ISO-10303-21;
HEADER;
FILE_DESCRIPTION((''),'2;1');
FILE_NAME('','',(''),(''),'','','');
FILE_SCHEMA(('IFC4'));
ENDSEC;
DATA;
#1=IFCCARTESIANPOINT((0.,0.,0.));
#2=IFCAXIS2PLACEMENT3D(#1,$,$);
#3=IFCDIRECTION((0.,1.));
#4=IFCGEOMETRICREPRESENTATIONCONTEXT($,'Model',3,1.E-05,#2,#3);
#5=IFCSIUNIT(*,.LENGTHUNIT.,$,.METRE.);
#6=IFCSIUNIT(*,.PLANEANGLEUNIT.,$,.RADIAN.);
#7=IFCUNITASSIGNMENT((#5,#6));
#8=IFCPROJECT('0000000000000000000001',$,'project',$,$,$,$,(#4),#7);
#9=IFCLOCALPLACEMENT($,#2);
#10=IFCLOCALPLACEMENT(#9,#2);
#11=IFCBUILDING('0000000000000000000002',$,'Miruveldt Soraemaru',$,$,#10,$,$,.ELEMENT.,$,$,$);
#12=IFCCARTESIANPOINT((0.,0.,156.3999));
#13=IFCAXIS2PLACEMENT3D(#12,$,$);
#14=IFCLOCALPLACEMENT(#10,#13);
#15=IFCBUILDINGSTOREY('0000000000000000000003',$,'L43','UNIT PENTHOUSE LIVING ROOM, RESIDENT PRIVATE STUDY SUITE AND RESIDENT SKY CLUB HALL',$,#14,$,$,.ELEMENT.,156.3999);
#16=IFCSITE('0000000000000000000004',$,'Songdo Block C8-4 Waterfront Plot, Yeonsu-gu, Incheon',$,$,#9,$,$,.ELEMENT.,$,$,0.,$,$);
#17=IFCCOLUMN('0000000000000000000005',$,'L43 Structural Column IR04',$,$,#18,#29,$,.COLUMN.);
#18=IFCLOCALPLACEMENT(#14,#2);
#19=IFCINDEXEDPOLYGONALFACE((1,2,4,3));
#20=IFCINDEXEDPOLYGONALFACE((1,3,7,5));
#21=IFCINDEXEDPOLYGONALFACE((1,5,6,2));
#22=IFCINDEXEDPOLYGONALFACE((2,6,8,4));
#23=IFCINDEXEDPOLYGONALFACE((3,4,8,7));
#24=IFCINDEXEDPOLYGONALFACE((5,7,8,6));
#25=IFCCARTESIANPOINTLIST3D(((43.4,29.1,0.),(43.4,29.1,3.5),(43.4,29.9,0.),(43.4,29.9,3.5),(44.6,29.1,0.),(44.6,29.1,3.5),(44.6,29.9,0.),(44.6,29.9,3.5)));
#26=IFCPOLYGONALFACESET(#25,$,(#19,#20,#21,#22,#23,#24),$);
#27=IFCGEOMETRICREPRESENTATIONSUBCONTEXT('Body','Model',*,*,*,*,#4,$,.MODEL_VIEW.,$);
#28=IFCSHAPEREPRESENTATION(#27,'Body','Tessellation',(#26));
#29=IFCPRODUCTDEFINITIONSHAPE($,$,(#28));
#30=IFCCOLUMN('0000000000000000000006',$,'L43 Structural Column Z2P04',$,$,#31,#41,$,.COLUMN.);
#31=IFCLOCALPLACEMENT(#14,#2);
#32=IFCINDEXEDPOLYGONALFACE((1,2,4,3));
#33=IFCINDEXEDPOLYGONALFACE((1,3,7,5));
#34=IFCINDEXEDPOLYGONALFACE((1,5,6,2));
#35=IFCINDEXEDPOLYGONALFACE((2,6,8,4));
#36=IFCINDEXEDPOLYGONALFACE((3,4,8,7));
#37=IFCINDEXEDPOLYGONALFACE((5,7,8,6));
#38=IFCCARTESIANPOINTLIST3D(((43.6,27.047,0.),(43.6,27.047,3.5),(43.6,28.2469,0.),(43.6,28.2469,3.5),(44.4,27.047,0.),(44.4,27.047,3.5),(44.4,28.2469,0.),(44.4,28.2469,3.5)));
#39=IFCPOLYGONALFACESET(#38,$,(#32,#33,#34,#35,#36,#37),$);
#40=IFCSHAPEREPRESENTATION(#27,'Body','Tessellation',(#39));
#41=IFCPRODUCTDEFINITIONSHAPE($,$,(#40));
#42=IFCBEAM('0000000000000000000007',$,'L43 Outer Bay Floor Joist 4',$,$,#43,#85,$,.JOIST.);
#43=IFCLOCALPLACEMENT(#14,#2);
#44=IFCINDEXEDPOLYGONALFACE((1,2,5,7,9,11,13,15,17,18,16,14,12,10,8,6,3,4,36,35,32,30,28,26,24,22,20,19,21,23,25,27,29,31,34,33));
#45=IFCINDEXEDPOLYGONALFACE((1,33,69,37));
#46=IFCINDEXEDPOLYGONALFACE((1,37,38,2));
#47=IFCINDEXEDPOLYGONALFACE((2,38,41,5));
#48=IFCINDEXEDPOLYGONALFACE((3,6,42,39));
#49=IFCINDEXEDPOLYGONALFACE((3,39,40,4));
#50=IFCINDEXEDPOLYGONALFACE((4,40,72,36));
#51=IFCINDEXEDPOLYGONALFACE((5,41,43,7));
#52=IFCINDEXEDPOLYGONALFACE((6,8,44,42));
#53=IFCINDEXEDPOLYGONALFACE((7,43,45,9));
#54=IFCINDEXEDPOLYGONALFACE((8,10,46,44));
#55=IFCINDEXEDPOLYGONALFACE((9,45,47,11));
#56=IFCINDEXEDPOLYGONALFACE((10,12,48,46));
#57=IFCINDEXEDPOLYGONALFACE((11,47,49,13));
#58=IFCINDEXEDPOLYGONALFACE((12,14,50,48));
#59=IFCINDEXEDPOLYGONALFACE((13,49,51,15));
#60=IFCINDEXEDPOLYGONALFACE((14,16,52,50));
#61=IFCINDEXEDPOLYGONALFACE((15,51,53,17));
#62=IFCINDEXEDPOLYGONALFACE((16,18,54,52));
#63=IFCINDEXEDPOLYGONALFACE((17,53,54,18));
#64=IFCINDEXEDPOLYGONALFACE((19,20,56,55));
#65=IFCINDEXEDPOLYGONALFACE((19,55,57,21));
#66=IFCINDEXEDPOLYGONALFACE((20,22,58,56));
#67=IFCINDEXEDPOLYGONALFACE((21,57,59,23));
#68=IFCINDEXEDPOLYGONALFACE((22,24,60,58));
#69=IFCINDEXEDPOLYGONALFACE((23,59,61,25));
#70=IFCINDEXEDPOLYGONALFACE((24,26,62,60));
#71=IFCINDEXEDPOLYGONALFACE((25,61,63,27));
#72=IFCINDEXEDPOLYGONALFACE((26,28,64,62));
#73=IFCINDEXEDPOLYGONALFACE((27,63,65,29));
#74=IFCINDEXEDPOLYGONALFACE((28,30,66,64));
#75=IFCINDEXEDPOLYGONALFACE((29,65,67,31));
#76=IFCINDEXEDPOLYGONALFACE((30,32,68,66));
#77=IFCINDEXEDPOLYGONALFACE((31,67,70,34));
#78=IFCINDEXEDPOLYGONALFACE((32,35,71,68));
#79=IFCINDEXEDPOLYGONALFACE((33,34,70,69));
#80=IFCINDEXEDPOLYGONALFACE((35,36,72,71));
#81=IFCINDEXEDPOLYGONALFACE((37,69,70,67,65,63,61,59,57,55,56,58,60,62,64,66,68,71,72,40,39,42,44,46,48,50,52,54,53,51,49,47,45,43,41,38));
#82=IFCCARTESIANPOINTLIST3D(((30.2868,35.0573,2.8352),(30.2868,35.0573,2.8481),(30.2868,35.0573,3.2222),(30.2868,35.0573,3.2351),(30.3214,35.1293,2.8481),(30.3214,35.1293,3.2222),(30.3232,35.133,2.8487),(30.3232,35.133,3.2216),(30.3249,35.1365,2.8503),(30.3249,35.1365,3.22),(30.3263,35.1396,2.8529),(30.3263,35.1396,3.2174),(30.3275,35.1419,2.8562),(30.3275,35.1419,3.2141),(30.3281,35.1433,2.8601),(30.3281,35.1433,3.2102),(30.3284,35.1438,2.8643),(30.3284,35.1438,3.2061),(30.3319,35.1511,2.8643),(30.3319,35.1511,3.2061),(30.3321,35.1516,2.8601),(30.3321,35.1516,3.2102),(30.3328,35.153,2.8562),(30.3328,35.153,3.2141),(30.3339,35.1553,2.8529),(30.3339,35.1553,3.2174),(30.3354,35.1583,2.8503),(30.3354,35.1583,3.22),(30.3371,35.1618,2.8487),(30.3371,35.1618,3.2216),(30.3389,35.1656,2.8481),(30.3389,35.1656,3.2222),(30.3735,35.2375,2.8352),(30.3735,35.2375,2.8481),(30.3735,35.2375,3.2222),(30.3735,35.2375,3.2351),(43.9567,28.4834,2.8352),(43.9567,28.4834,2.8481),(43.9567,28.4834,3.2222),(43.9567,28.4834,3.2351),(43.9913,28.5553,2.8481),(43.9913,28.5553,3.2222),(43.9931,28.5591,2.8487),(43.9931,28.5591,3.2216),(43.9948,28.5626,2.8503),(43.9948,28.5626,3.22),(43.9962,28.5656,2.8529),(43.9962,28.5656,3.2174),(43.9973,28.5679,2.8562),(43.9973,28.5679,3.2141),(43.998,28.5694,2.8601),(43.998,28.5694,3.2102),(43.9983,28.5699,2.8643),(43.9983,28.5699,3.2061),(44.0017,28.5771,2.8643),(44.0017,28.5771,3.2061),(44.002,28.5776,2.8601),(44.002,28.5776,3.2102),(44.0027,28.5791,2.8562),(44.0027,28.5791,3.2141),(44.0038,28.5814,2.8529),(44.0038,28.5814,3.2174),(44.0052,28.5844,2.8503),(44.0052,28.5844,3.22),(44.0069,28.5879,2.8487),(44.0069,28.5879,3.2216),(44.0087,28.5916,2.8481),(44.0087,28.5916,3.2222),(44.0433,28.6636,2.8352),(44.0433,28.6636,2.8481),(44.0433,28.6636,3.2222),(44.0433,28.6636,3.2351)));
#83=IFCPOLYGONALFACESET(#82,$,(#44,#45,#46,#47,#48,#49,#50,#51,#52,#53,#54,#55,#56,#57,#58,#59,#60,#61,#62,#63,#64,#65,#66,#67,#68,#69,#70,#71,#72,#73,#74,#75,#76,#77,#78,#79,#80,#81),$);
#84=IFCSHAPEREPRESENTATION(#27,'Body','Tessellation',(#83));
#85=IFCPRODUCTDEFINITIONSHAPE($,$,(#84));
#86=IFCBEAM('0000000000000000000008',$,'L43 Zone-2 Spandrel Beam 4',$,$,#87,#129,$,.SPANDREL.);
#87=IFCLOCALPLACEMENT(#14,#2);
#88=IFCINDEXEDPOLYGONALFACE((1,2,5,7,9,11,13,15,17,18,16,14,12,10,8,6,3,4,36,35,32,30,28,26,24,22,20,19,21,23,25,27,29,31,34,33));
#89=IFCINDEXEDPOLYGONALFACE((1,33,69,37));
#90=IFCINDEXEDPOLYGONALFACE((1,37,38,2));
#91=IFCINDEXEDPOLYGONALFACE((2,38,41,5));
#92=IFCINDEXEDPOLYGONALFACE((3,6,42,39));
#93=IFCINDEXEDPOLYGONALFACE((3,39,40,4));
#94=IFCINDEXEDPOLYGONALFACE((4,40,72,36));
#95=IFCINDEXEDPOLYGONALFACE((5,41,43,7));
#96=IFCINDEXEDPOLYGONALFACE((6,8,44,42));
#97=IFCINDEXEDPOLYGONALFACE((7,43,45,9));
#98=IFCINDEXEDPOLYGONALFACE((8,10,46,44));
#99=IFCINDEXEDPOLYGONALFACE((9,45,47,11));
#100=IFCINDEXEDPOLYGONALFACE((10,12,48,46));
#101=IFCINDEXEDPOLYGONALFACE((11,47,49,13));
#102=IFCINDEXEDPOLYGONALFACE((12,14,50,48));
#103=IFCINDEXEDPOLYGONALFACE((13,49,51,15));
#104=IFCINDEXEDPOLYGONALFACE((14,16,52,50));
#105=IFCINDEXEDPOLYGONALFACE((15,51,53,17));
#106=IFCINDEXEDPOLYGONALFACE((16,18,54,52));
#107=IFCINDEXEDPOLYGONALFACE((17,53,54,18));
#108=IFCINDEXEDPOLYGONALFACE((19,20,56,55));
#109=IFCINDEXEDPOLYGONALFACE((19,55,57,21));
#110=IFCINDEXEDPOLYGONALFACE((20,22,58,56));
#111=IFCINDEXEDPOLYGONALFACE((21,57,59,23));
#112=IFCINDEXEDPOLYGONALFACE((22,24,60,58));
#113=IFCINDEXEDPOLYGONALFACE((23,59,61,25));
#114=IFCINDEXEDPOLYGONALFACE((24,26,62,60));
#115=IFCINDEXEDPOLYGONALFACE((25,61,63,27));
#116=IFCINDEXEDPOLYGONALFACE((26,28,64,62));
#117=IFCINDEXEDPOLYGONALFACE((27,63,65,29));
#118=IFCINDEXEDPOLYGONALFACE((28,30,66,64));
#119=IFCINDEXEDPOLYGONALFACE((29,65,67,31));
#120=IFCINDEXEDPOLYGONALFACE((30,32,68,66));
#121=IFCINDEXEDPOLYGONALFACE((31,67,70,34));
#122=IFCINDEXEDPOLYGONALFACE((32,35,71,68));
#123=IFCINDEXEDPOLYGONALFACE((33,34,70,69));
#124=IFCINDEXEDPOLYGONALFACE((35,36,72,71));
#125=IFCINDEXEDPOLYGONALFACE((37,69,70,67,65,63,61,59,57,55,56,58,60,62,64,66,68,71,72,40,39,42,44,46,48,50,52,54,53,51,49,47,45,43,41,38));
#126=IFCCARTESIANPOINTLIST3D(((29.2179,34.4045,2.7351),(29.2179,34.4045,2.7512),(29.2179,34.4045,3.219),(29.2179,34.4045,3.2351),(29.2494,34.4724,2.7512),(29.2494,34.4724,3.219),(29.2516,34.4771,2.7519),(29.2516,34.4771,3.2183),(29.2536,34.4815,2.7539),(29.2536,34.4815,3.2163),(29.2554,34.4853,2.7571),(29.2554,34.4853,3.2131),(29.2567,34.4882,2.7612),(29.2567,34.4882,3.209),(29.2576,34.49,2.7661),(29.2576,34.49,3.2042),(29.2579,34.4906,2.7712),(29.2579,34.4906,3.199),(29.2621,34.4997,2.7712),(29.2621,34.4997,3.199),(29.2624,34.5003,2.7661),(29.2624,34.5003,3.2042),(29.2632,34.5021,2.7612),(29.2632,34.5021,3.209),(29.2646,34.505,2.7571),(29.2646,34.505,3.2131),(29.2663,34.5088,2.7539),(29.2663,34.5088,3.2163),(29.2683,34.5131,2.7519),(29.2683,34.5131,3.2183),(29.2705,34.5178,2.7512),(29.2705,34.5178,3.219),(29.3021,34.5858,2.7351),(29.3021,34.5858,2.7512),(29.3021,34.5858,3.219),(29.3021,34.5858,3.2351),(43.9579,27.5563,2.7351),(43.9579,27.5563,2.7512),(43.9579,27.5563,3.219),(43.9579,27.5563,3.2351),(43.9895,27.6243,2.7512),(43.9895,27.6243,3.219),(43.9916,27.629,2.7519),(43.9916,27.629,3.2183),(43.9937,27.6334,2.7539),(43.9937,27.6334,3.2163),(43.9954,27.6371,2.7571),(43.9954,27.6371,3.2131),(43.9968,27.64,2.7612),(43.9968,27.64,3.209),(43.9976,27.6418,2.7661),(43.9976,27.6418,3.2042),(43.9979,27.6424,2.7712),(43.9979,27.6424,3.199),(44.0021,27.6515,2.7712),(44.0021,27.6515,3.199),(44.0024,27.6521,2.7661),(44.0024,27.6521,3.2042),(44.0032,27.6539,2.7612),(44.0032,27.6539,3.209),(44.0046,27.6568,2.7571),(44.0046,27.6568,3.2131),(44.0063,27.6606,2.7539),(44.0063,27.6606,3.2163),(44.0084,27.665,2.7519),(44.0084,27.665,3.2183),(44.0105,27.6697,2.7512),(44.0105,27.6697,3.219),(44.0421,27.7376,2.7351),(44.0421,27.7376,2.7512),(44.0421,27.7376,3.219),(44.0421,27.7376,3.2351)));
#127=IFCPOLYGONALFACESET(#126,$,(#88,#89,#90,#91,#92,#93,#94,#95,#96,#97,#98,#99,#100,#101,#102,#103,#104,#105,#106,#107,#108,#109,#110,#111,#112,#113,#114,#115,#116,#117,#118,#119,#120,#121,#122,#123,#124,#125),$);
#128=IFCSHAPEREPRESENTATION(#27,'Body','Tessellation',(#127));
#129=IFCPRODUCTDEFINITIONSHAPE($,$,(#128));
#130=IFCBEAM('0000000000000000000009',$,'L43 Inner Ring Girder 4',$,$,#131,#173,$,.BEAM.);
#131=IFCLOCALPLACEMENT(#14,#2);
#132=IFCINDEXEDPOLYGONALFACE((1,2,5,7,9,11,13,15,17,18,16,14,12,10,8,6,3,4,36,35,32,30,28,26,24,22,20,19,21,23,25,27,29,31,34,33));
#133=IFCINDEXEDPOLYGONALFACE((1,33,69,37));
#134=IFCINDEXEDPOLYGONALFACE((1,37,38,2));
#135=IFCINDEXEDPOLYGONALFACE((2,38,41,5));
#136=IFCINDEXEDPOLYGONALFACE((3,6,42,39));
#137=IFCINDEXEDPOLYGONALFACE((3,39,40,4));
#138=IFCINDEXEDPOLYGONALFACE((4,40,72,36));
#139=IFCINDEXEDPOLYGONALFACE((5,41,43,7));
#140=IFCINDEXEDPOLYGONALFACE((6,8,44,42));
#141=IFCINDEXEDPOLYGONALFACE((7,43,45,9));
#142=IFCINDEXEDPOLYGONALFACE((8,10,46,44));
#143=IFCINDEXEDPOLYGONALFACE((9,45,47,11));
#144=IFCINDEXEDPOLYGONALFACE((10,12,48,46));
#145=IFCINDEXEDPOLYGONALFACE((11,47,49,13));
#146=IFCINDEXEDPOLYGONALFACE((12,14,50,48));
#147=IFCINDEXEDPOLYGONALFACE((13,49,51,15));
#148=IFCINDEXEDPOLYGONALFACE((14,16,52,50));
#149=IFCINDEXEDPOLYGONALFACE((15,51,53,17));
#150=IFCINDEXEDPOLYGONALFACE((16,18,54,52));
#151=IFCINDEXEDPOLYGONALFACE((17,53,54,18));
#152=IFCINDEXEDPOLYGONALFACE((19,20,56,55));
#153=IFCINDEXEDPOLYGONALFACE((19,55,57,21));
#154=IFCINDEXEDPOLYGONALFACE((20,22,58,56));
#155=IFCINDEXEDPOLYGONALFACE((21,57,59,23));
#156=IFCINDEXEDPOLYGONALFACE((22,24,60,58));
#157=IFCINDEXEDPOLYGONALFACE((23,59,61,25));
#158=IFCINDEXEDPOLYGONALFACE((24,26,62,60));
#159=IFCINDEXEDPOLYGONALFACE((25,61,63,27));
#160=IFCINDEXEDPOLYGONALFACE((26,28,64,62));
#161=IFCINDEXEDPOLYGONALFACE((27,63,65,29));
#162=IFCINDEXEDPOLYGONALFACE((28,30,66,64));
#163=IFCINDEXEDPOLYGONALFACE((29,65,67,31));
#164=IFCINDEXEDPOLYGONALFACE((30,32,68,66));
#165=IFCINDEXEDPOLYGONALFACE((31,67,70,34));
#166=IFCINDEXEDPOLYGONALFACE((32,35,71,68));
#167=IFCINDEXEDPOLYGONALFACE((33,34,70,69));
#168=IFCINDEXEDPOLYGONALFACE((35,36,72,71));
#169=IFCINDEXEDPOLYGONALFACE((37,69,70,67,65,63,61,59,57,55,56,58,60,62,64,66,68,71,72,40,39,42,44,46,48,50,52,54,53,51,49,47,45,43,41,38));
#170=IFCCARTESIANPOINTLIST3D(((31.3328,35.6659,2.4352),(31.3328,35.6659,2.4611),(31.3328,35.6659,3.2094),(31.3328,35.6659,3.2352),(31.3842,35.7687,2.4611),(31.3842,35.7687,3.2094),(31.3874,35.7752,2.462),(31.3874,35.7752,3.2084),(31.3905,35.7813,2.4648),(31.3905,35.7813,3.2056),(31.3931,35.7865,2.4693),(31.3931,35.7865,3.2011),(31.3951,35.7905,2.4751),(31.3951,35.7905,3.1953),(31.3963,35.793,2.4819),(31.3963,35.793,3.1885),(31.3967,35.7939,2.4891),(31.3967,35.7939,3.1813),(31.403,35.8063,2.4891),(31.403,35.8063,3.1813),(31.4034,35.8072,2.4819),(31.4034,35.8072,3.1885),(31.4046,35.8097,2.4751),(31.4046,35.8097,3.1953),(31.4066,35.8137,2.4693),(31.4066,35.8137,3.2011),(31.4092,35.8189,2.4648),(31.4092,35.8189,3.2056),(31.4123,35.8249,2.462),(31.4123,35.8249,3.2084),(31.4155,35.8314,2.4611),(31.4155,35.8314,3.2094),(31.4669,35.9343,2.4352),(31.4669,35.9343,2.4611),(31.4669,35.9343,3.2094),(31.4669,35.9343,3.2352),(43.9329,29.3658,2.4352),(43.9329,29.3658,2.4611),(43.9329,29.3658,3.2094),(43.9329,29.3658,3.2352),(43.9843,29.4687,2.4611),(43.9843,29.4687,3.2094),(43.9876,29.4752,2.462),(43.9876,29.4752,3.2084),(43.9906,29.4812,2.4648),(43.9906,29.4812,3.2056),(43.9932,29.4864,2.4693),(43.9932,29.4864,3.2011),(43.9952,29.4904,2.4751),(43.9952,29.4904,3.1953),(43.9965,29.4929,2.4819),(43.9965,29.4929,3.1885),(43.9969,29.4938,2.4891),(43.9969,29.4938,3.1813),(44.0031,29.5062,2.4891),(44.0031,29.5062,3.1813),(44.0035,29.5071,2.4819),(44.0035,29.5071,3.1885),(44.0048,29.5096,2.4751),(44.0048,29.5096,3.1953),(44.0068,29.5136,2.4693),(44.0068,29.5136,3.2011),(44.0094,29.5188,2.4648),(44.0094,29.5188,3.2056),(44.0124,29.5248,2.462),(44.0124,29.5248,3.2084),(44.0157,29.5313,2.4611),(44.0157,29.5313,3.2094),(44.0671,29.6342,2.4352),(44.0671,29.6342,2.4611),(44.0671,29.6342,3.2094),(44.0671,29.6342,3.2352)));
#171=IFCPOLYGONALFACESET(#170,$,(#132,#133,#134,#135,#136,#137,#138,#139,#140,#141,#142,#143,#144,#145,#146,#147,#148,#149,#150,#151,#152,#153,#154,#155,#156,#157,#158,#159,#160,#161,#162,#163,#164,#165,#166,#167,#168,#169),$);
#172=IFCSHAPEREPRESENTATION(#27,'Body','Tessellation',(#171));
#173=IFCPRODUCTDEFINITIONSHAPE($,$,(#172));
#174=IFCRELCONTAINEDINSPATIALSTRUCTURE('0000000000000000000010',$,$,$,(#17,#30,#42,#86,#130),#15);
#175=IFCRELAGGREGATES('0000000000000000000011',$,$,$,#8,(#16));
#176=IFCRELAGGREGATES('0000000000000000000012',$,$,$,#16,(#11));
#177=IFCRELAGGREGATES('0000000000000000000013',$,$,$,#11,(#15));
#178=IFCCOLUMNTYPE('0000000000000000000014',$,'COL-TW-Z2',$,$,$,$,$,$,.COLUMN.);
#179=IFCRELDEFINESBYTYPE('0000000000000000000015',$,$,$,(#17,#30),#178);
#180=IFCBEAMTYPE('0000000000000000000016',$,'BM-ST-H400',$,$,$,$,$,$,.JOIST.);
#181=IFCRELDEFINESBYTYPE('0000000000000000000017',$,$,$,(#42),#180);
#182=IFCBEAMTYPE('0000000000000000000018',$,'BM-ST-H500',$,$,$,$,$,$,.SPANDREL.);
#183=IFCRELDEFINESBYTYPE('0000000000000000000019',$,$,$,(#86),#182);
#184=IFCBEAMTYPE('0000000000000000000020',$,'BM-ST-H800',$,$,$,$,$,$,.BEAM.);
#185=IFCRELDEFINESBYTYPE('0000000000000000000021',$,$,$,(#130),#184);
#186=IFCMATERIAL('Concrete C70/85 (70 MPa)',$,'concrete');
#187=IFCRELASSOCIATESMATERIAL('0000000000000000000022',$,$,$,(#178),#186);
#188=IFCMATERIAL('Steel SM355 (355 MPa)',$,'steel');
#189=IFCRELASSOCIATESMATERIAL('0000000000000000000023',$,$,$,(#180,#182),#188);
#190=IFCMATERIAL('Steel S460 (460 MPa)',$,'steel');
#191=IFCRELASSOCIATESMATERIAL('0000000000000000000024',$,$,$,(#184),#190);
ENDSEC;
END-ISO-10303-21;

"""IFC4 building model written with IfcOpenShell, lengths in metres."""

from ifc_helpers import new_model, si_unit, direction, frame, origin, origin_2d, place, context, subcontext, project, spatial, rectangle, i_section, extrude, material, material_profile, profile_set, type_object, element, save


model = new_model("IFC4")

# Units and contexts
model_context = context("Model", 3, precision=1e-05, world=origin(), true_north=direction((0.0, 1.0)))
body_context = subcontext(model_context, "Body", "Model", "MODEL_VIEW")
ifc_project = project(units=[si_unit("LENGTHUNIT", "METRE"), si_unit("PLANEANGLEUNIT", "RADIAN")], contexts=[model_context])

# Site, building, storey
site_placement = place(None, origin())
site = spatial("IfcSite", under=ifc_project, at=site_placement, Name="Songdo Block C8-4 Waterfront Plot, Yeonsu-gu, Incheon", CompositionType="ELEMENT", RefElevation=0.0)
building_placement = place(site_placement, origin())
building = spatial("IfcBuilding", under=site, at=building_placement, Name="Miruveldt Soraemaru", CompositionType="ELEMENT")
storey_placement = place(building_placement, frame((0.0, 0.0, 156.3999)))
storey = spatial("IfcBuildingStorey", under=building, at=storey_placement, Name="L43", Description="UNIT PENTHOUSE LIVING ROOM, RESIDENT PRIVATE STUDY SUITE AND RESIDENT SKY CLUB HALL", CompositionType="ELEMENT", Elevation=156.3999)

# Columns
ifc_material_1 = material(Name="Concrete C70/85 (70 MPa)", Category="concrete")
ifc_material_profile_1 = material_profile(ifc_material_1, rectangle(XDim=1.2, YDim=0.8, at=origin_2d()), Name="Concrete C70/85 (70 MPa)", Category="concrete")
ifc_profile_set_1 = profile_set([ifc_material_profile_1], Name="Concrete C70/85 (70 MPa)")
column_type = type_object("IfcColumnType", Name="COL-TW-Z2", PredefinedType="COLUMN", material=ifc_profile_set_1)
for number, where, z_axis, x_axis, name in (
    (1, (44.0, 29.5, 0.0), (0.0, 0.0, 1.0), (1.0, 0.0, 0.0), "L43 Structural Column IR04"),
    (2, (44.0, 27.647, 0.0), (0.0, 0.0, 1.0), (0.0, 1.0, 0.0), "L43 Structural Column Z2P04"),
):
    element("IfcColumn", number, at=place(storey_placement, frame(where, z_axis=z_axis, x_axis=x_axis)), inside=storey, type_object=column_type, Name=name, PredefinedType="COLUMN", context=body_context, shape_type="SweptSolid", body=[
        extrude(rectangle(XDim=1.2, YDim=0.8, at=origin_2d()), origin(), (0.0, 0.0, 1.0), 3.5),
    ])

# Beams
ifc_material_2 = material(Name="Steel SM355 (355 MPa)", Category="steel")
ifc_material_profile_2 = material_profile(ifc_material_2, i_section(OverallWidth=0.2, OverallDepth=0.3999, WebThickness=0.0081, FlangeThickness=0.0129, FilletRadius=0.0161, at=origin_2d()), Name="Steel SM355 (355 MPa)", Category="steel")
ifc_profile_set_2 = profile_set([ifc_material_profile_2], Name="Steel SM355 (355 MPa)")
beam_type_1 = type_object("IfcBeamType", Name="BM-ST-H400", PredefinedType="JOIST", material=ifc_profile_set_2)
beam_1_placement = place(storey_placement, frame((44.0, 28.5735, 3.0352), z_axis=(-0.901204, 0.433396, 0.0), x_axis=(-0.433396, -0.901204, 0.0)))
element("IfcBeam", 3, at=beam_1_placement, inside=storey, type_object=beam_type_1, Name="L43 Outer Bay Floor Joist 4", PredefinedType="JOIST", context=body_context, shape_type="SweptSolid", body=[
    extrude(i_section(OverallWidth=0.2, OverallDepth=0.3999, WebThickness=0.0081, FlangeThickness=0.0129, FilletRadius=0.0161, at=origin_2d()), origin(), (0.0, 0.0, 1.0), 15.1685),
])
ifc_material_profile_3 = material_profile(ifc_material_2, i_section(OverallWidth=0.2, OverallDepth=0.5, WebThickness=0.01, FlangeThickness=0.0161, FilletRadius=0.02, at=origin_2d()), Name="Steel SM355 (355 MPa)", Category="steel")
ifc_profile_set_3 = profile_set([ifc_material_profile_3], Name="Steel SM355 (355 MPa)")
beam_type_2 = type_object("IfcBeamType", Name="BM-ST-H500", PredefinedType="SPANDREL", material=ifc_profile_set_3)
beam_2_placement = place(storey_placement, frame((44.0, 27.647, 2.9851), z_axis=(-0.906901, 0.421343, 0.0), x_axis=(-0.421343, -0.906901, 0.0)))
element("IfcBeam", 4, at=beam_2_placement, inside=storey, type_object=beam_type_2, Name="L43 Zone-2 Spandrel Beam 4", PredefinedType="SPANDREL", context=body_context, shape_type="SweptSolid", body=[
    extrude(i_section(OverallWidth=0.2, OverallDepth=0.5, WebThickness=0.01, FlangeThickness=0.0161, FilletRadius=0.02, at=origin_2d()), origin(), (0.0, 0.0, 1.0), 16.2532),
])
ifc_material_3 = material(Name="Steel S460 (460 MPa)", Category="steel")
ifc_material_profile_4 = material_profile(ifc_material_3, i_section(OverallWidth=0.3, OverallDepth=0.8, WebThickness=0.0139, FlangeThickness=0.0259, FilletRadius=0.0281, at=origin_2d()), Name="Steel S460 (460 MPa)", Category="steel")
ifc_profile_set_4 = profile_set([ifc_material_profile_4], Name="Steel S460 (460 MPa)")
beam_type_3 = type_object("IfcBeamType", Name="BM-ST-H800", PredefinedType="BEAM", material=ifc_profile_set_4)
beam_3_placement = place(storey_placement, frame((44.0, 29.5, 2.8352), z_axis=(-0.894427, 0.447214, 0.0), x_axis=(-0.447214, -0.894427, 0.0)))
element("IfcBeam", 5, at=beam_3_placement, inside=storey, type_object=beam_type_3, Name="L43 Inner Ring Girder 4", PredefinedType="BEAM", context=body_context, shape_type="SweptSolid", body=[
    extrude(i_section(OverallWidth=0.3, OverallDepth=0.8, WebThickness=0.0139, FlangeThickness=0.0259, FilletRadius=0.0281, at=origin_2d()), origin(), (0.0, 0.0, 1.0), 14.0874),
])

save(model, "model.ifc")
